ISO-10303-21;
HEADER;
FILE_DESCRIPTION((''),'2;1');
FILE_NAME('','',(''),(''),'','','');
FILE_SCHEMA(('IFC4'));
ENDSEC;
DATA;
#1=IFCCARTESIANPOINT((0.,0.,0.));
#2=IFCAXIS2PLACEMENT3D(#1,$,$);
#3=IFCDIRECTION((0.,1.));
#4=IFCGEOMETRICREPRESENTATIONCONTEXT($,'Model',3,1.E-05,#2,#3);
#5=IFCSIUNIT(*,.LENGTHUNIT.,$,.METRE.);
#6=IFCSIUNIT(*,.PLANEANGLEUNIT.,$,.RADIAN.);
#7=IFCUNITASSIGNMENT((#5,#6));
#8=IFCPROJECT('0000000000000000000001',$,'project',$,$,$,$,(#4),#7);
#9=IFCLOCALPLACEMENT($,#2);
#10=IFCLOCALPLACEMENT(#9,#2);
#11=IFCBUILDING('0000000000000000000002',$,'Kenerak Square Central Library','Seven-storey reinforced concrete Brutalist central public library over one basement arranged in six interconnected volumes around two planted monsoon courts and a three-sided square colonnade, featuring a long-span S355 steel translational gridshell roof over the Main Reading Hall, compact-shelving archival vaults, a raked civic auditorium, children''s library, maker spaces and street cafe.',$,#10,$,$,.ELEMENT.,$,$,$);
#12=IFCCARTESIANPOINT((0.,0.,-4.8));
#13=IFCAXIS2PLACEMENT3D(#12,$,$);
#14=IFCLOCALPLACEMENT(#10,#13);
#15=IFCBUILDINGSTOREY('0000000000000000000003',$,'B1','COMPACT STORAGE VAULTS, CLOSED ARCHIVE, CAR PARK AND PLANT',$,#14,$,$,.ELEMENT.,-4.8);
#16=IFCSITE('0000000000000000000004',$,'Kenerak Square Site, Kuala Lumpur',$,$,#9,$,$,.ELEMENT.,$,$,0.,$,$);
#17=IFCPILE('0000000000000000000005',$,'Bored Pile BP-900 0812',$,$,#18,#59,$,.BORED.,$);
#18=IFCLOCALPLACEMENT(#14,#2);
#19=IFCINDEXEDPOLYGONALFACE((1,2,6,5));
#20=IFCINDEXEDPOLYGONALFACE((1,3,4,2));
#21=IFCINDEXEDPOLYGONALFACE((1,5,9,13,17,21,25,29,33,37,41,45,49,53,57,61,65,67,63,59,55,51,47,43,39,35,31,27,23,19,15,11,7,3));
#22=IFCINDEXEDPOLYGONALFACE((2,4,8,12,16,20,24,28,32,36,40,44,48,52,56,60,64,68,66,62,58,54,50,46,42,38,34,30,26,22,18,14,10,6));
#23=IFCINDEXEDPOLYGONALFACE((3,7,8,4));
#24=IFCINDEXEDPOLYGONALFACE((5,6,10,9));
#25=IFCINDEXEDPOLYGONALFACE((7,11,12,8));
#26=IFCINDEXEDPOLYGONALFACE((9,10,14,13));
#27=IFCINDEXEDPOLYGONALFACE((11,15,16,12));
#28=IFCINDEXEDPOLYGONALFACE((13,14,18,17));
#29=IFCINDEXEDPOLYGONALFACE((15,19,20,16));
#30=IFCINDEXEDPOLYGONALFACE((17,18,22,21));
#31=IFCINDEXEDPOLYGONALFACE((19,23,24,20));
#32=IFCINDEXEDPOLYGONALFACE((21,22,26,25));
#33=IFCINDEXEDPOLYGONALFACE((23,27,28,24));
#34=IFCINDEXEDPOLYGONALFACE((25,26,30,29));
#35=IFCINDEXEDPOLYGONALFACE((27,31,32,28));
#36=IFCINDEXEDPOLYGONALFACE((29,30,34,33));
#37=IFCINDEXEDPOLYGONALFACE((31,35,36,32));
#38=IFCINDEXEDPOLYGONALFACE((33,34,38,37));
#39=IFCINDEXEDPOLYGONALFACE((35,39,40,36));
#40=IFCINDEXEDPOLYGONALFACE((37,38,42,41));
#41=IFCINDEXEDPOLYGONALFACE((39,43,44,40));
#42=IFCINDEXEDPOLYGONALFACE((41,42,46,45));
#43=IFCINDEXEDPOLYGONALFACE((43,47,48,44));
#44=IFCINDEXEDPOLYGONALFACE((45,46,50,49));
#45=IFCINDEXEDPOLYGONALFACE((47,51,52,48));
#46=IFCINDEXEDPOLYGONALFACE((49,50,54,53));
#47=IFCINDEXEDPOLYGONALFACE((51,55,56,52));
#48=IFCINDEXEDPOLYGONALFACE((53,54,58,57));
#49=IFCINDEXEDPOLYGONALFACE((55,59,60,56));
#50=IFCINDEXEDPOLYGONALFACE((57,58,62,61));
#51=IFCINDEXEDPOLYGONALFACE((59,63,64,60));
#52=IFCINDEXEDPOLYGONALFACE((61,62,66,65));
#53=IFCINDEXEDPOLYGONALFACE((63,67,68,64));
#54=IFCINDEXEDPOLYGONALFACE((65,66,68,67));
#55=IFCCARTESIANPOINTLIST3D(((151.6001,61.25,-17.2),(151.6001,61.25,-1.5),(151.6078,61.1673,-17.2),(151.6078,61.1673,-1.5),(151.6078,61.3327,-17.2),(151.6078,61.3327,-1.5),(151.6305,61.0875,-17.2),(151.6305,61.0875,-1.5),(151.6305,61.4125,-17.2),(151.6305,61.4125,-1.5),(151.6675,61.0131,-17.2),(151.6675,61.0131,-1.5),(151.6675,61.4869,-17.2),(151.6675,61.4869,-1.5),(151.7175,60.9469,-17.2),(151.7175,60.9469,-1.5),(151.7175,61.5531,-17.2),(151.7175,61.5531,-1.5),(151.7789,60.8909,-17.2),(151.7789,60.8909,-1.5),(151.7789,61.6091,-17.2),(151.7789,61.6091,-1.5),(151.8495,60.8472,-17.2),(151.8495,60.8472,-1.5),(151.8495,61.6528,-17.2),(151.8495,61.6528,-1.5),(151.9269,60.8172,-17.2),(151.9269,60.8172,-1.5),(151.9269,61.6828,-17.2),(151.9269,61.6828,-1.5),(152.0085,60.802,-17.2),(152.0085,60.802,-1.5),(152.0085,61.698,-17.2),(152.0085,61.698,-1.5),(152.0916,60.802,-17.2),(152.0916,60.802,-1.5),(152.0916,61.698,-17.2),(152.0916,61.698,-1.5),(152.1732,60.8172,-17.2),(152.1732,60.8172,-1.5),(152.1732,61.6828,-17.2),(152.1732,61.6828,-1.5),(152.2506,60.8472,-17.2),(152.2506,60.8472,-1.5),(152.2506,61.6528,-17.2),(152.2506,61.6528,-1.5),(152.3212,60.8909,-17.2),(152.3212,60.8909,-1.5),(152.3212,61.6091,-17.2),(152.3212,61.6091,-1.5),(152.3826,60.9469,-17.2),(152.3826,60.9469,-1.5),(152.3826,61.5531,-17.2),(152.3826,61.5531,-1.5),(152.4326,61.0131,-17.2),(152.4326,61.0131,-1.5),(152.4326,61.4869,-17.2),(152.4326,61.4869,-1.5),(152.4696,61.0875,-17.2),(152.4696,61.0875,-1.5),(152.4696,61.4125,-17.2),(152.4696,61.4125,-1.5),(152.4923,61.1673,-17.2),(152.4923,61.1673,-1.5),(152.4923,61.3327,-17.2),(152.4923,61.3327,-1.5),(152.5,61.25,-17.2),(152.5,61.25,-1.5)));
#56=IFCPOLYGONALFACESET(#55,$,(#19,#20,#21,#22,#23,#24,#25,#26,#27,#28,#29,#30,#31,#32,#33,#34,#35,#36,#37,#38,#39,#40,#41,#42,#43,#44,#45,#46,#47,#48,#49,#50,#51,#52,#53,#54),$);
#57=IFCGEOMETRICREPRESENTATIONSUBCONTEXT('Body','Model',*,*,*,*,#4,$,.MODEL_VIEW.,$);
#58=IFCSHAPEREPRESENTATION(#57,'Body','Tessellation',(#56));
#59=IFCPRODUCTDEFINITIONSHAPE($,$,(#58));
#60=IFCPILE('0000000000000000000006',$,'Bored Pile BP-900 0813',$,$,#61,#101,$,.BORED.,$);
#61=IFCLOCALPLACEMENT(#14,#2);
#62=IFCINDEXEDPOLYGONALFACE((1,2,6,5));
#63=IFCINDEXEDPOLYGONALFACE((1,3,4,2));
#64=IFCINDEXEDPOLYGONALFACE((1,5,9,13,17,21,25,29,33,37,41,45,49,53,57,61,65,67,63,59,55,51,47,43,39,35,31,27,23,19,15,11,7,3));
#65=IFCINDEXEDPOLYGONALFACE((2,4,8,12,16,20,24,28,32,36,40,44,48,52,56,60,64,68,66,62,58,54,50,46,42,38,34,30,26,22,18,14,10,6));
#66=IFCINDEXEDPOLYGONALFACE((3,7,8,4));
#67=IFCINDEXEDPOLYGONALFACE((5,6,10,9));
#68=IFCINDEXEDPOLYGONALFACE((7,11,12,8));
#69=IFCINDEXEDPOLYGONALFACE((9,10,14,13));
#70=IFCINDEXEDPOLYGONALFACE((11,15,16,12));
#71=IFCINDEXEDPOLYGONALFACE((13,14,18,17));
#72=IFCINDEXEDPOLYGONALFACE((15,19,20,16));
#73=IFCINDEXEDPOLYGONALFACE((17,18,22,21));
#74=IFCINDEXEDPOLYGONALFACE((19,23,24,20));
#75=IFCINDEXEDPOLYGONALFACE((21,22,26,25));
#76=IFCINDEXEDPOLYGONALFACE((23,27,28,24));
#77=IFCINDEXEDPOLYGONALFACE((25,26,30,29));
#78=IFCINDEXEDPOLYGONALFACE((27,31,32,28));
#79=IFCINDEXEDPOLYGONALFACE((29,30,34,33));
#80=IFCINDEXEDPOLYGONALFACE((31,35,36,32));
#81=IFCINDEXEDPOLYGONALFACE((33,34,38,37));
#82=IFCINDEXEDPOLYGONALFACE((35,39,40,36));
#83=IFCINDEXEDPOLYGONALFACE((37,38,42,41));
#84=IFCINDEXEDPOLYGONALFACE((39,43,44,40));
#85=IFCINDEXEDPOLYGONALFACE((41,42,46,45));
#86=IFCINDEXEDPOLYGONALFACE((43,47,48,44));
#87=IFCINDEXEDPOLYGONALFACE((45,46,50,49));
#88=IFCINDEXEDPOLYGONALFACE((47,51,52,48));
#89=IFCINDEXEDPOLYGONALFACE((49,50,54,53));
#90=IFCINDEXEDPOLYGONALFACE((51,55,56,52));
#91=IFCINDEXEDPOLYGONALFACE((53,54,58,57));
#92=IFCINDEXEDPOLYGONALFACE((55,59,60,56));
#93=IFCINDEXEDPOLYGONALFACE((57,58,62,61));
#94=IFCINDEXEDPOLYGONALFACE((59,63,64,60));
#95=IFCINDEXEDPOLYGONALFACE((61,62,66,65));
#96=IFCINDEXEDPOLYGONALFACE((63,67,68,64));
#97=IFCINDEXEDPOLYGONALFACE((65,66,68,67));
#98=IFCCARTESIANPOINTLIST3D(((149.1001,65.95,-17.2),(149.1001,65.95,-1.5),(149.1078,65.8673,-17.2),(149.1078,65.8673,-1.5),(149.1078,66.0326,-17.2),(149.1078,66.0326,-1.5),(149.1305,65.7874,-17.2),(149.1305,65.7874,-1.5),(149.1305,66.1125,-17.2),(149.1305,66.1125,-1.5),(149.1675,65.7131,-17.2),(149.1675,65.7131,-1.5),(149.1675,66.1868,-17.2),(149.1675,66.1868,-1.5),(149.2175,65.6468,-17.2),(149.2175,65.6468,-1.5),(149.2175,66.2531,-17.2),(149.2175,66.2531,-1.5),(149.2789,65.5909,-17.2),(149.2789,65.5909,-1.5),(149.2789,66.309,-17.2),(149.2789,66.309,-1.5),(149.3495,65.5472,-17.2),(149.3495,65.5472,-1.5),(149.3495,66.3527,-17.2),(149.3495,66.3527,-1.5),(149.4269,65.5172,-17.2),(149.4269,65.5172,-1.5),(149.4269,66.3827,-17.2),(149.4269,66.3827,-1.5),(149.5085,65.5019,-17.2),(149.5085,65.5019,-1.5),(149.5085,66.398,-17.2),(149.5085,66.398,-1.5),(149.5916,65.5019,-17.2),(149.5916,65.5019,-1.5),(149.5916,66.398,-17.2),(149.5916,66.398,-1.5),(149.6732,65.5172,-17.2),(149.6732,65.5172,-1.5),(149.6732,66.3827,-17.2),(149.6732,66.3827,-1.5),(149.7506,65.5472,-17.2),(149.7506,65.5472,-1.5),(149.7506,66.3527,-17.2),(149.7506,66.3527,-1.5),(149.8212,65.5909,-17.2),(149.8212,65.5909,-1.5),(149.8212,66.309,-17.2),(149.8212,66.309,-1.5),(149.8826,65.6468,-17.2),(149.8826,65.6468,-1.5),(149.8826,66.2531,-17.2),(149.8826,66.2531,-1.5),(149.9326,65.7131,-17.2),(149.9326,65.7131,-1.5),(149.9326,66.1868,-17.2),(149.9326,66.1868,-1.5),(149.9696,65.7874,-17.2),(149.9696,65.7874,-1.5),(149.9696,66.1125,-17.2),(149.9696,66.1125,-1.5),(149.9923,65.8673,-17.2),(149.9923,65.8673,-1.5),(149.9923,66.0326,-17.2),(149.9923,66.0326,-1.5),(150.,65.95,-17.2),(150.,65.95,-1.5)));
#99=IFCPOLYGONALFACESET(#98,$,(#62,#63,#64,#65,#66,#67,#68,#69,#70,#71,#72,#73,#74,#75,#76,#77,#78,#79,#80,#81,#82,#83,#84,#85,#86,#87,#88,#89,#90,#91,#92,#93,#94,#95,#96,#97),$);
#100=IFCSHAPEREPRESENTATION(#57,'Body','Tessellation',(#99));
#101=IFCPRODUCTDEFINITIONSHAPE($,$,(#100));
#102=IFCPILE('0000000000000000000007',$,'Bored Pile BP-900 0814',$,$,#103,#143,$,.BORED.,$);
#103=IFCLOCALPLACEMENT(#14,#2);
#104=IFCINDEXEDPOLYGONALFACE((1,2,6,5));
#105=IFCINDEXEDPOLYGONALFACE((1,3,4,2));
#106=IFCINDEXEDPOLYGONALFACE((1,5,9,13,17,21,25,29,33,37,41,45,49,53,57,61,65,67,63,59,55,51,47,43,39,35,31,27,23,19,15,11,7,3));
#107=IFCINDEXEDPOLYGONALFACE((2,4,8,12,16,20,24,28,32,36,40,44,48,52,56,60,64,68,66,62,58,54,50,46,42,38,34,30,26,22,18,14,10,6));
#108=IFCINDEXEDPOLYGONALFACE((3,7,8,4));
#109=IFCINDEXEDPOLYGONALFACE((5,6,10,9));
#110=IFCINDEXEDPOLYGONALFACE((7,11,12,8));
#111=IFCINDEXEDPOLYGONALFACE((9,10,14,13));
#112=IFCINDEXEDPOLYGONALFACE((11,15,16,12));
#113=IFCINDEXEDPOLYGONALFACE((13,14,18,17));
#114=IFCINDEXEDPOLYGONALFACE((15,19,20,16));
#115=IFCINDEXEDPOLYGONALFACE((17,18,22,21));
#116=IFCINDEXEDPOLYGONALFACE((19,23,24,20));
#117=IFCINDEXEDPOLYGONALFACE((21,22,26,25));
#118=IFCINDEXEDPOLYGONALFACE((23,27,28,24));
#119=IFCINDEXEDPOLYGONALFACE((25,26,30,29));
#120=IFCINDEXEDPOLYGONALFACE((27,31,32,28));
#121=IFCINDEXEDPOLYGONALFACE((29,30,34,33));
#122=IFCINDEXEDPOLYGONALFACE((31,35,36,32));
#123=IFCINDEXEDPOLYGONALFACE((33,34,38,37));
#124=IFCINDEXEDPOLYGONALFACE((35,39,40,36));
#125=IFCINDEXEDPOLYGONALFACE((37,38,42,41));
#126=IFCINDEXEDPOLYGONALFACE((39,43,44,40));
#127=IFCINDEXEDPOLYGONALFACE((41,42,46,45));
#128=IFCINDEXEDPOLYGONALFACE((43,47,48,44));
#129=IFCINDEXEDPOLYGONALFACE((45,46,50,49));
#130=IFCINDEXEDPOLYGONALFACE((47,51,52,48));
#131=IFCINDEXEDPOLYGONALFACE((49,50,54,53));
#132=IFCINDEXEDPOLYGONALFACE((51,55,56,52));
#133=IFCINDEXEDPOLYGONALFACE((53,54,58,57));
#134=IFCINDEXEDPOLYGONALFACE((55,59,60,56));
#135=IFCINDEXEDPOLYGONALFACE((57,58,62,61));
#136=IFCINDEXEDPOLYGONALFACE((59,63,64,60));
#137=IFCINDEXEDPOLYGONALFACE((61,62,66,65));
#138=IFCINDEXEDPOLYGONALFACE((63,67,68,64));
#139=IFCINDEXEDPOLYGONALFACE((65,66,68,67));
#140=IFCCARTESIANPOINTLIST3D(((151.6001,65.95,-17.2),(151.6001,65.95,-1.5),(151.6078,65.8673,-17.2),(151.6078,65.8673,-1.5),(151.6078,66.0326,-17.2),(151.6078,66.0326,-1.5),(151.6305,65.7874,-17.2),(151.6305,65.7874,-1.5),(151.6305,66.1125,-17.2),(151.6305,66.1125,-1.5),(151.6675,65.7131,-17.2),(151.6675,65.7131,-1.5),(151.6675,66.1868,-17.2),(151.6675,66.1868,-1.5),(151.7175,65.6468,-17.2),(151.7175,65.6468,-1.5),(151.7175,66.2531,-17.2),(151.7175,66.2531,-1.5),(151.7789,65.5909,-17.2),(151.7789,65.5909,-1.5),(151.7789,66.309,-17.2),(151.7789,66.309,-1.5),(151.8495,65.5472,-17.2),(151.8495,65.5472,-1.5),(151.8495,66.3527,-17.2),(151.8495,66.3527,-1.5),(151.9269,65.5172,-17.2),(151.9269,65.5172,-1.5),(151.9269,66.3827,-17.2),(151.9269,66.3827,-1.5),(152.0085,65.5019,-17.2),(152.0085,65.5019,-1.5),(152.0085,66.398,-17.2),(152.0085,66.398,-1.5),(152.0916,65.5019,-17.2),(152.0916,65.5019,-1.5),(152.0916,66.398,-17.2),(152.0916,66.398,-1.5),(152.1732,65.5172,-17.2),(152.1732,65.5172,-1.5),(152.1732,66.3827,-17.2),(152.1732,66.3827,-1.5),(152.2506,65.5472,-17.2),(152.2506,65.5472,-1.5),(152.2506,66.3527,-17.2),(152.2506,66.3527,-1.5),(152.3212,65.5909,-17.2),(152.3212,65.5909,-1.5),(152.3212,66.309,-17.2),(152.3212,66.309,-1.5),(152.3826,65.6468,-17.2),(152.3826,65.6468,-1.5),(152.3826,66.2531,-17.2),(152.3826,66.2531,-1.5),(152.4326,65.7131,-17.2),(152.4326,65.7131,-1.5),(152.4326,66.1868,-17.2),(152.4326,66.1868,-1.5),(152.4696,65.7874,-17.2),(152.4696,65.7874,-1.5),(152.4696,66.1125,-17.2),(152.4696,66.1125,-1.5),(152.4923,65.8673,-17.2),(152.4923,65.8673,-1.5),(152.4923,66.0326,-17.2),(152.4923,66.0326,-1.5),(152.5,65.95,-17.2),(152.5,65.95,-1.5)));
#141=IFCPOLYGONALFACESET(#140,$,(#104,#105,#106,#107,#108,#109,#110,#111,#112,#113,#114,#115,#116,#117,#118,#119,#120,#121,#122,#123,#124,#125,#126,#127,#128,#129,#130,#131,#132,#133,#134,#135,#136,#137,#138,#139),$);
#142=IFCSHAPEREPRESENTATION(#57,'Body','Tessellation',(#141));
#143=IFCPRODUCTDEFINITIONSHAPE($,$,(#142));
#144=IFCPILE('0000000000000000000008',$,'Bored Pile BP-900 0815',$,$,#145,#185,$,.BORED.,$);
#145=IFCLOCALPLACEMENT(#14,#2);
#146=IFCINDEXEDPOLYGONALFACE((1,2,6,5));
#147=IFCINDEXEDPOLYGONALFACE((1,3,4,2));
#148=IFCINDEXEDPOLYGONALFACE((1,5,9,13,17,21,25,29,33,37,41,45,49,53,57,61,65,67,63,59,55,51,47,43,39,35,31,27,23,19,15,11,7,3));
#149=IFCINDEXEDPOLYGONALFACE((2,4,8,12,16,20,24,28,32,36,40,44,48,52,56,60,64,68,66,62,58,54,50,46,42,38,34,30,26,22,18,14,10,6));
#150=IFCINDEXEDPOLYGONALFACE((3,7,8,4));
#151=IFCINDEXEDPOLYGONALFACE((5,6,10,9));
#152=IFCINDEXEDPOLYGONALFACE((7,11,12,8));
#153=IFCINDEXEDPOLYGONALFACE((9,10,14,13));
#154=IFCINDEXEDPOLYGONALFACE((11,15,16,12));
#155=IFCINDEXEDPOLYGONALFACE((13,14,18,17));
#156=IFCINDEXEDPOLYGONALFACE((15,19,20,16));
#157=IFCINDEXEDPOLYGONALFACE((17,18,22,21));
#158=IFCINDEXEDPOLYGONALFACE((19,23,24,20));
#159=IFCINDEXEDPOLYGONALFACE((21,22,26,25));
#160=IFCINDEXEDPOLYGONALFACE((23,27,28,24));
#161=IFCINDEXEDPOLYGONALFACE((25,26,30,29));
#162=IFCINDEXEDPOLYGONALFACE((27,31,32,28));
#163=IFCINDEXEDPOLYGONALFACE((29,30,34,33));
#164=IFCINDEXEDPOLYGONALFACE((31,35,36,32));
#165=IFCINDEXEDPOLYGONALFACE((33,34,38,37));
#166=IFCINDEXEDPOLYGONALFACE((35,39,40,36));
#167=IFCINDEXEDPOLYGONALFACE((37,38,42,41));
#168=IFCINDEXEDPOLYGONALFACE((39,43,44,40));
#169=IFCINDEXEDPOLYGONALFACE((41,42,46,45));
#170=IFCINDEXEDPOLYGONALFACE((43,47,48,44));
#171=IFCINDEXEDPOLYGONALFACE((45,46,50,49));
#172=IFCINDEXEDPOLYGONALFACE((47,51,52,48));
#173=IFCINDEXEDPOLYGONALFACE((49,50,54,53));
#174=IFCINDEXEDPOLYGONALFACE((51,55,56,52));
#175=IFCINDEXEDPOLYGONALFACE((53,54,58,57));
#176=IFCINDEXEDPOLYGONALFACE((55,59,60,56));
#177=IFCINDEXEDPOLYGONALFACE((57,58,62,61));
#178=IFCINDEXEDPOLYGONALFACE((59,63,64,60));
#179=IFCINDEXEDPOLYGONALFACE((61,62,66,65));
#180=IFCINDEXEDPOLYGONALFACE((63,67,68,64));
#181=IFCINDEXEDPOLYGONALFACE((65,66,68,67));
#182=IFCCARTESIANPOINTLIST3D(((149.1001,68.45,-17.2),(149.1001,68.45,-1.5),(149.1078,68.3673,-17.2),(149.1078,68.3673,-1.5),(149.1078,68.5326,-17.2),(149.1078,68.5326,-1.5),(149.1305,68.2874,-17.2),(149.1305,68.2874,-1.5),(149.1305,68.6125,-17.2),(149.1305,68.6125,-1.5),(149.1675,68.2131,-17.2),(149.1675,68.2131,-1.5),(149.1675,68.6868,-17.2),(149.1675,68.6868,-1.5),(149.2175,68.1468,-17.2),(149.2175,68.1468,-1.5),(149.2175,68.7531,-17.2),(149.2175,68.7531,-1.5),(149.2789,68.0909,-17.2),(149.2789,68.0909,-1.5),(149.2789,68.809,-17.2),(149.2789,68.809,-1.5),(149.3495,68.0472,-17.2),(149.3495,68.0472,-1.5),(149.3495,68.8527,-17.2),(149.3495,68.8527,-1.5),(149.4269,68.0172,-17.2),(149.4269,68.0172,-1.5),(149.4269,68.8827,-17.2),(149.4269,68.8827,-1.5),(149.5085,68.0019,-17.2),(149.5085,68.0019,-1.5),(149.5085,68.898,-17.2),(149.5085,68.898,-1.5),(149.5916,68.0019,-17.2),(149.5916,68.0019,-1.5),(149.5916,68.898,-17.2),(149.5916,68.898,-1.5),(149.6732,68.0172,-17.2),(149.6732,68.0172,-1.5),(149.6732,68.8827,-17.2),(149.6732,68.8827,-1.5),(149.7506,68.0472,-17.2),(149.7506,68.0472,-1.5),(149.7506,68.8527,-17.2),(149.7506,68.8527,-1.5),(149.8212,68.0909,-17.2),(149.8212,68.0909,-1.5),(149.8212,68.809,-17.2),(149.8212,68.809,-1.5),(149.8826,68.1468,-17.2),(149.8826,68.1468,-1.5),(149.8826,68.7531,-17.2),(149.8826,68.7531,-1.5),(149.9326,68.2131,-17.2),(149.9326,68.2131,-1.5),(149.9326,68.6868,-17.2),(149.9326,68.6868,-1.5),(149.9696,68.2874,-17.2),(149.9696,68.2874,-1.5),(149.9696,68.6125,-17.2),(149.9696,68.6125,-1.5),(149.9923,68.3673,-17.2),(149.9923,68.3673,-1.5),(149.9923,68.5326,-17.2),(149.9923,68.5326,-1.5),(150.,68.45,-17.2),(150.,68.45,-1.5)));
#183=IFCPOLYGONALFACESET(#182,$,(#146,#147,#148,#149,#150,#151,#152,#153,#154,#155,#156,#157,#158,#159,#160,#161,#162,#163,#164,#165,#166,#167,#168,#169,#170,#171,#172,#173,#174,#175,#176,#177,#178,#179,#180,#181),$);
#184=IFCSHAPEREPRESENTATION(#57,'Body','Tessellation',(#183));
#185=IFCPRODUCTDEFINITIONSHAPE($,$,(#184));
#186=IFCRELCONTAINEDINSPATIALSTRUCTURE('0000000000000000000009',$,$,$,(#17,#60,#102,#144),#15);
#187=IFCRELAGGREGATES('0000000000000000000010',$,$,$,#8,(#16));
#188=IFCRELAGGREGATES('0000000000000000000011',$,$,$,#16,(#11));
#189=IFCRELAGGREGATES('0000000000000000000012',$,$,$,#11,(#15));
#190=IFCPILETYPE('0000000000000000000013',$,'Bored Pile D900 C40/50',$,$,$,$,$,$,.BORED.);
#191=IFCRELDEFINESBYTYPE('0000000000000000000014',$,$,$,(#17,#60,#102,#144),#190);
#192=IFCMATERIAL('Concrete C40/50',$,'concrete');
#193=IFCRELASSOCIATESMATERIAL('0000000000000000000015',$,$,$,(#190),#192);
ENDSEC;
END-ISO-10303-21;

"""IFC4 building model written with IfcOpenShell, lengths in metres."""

from ifc_helpers import new_model, si_unit, direction, frame, origin, origin_2d, place, context, subcontext, project, spatial, circle, extrude, material, material_profile, profile_set, type_object, element, save


model = new_model("IFC4")

# Units and contexts
model_context = context("Model", 3, precision=1e-05, world=origin(), true_north=direction((0.0, 1.0)))
body_context = subcontext(model_context, "Body", "Model", "MODEL_VIEW")
ifc_project = project(units=[si_unit("LENGTHUNIT", "METRE"), si_unit("PLANEANGLEUNIT", "RADIAN")], contexts=[model_context])

# Site, building, storey
site_placement = place(None, origin())
site = spatial("IfcSite", under=ifc_project, at=site_placement, Name="Kenerak Square Site, Kuala Lumpur", CompositionType="ELEMENT", RefElevation=0.0)
building_placement = place(site_placement, origin())
building = spatial("IfcBuilding", under=site, at=building_placement, Name="Kenerak Square Central Library", Description="Seven-storey reinforced concrete Brutalist central public library over one basement arranged in six interconnected volumes around two planted monsoon courts and a three-sided square colonnade, featuring a long-span S355 steel translational gridshell roof over the Main Reading Hall, compact-shelving archival vaults, a raked civic auditorium, children's library, maker spaces and street cafe.", CompositionType="ELEMENT")
storey_placement = place(building_placement, frame((0.0, 0.0, -4.8)))
storey = spatial("IfcBuildingStorey", under=building, at=storey_placement, Name="B1", Description="COMPACT STORAGE VAULTS, CLOSED ARCHIVE, CAR PARK AND PLANT", CompositionType="ELEMENT", Elevation=-4.8)

# Piles
ifc_material_1 = material(Name="Concrete C40/50", Category="concrete")
ifc_material_profile_1 = material_profile(ifc_material_1, circle(Radius=0.45, at=origin_2d()), Name="BP D900")
ifc_profile_set_1 = profile_set([ifc_material_profile_1], Name="Concrete C40/50")
pile_type_1 = type_object("IfcPileType", Name="Bored Pile D900 C40/50", PredefinedType="BORED", material=ifc_profile_set_1)
for number, where, z_axis, x_axis, name in (
    (1, (152.05, 61.25, -1.5), (0.0, 0.0, -1.0), (1.0, 0.0, 0.0), "Bored Pile BP-900 0812"),
    (2, (149.55, 65.95, -1.5), (0.0, 0.0, -1.0), (1.0, 0.0, 0.0), "Bored Pile BP-900 0813"),
    (3, (152.05, 65.95, -1.5), (0.0, 0.0, -1.0), (1.0, 0.0, 0.0), "Bored Pile BP-900 0814"),
    (4, (149.55, 68.45, -1.5), (0.0, 0.0, -1.0), (1.0, 0.0, 0.0), "Bored Pile BP-900 0815"),
):
    element("IfcPile", number, at=place(storey_placement, frame(where, z_axis=z_axis, x_axis=x_axis)), inside=storey, type_object=pile_type_1, Name=name, PredefinedType="BORED", context=body_context, shape_type="SweptSolid", body=[
        extrude(circle(Radius=0.45, at=origin_2d()), origin(), (0.0, 0.0, 1.0), 15.7),
    ])

save(model, "model.ifc")
